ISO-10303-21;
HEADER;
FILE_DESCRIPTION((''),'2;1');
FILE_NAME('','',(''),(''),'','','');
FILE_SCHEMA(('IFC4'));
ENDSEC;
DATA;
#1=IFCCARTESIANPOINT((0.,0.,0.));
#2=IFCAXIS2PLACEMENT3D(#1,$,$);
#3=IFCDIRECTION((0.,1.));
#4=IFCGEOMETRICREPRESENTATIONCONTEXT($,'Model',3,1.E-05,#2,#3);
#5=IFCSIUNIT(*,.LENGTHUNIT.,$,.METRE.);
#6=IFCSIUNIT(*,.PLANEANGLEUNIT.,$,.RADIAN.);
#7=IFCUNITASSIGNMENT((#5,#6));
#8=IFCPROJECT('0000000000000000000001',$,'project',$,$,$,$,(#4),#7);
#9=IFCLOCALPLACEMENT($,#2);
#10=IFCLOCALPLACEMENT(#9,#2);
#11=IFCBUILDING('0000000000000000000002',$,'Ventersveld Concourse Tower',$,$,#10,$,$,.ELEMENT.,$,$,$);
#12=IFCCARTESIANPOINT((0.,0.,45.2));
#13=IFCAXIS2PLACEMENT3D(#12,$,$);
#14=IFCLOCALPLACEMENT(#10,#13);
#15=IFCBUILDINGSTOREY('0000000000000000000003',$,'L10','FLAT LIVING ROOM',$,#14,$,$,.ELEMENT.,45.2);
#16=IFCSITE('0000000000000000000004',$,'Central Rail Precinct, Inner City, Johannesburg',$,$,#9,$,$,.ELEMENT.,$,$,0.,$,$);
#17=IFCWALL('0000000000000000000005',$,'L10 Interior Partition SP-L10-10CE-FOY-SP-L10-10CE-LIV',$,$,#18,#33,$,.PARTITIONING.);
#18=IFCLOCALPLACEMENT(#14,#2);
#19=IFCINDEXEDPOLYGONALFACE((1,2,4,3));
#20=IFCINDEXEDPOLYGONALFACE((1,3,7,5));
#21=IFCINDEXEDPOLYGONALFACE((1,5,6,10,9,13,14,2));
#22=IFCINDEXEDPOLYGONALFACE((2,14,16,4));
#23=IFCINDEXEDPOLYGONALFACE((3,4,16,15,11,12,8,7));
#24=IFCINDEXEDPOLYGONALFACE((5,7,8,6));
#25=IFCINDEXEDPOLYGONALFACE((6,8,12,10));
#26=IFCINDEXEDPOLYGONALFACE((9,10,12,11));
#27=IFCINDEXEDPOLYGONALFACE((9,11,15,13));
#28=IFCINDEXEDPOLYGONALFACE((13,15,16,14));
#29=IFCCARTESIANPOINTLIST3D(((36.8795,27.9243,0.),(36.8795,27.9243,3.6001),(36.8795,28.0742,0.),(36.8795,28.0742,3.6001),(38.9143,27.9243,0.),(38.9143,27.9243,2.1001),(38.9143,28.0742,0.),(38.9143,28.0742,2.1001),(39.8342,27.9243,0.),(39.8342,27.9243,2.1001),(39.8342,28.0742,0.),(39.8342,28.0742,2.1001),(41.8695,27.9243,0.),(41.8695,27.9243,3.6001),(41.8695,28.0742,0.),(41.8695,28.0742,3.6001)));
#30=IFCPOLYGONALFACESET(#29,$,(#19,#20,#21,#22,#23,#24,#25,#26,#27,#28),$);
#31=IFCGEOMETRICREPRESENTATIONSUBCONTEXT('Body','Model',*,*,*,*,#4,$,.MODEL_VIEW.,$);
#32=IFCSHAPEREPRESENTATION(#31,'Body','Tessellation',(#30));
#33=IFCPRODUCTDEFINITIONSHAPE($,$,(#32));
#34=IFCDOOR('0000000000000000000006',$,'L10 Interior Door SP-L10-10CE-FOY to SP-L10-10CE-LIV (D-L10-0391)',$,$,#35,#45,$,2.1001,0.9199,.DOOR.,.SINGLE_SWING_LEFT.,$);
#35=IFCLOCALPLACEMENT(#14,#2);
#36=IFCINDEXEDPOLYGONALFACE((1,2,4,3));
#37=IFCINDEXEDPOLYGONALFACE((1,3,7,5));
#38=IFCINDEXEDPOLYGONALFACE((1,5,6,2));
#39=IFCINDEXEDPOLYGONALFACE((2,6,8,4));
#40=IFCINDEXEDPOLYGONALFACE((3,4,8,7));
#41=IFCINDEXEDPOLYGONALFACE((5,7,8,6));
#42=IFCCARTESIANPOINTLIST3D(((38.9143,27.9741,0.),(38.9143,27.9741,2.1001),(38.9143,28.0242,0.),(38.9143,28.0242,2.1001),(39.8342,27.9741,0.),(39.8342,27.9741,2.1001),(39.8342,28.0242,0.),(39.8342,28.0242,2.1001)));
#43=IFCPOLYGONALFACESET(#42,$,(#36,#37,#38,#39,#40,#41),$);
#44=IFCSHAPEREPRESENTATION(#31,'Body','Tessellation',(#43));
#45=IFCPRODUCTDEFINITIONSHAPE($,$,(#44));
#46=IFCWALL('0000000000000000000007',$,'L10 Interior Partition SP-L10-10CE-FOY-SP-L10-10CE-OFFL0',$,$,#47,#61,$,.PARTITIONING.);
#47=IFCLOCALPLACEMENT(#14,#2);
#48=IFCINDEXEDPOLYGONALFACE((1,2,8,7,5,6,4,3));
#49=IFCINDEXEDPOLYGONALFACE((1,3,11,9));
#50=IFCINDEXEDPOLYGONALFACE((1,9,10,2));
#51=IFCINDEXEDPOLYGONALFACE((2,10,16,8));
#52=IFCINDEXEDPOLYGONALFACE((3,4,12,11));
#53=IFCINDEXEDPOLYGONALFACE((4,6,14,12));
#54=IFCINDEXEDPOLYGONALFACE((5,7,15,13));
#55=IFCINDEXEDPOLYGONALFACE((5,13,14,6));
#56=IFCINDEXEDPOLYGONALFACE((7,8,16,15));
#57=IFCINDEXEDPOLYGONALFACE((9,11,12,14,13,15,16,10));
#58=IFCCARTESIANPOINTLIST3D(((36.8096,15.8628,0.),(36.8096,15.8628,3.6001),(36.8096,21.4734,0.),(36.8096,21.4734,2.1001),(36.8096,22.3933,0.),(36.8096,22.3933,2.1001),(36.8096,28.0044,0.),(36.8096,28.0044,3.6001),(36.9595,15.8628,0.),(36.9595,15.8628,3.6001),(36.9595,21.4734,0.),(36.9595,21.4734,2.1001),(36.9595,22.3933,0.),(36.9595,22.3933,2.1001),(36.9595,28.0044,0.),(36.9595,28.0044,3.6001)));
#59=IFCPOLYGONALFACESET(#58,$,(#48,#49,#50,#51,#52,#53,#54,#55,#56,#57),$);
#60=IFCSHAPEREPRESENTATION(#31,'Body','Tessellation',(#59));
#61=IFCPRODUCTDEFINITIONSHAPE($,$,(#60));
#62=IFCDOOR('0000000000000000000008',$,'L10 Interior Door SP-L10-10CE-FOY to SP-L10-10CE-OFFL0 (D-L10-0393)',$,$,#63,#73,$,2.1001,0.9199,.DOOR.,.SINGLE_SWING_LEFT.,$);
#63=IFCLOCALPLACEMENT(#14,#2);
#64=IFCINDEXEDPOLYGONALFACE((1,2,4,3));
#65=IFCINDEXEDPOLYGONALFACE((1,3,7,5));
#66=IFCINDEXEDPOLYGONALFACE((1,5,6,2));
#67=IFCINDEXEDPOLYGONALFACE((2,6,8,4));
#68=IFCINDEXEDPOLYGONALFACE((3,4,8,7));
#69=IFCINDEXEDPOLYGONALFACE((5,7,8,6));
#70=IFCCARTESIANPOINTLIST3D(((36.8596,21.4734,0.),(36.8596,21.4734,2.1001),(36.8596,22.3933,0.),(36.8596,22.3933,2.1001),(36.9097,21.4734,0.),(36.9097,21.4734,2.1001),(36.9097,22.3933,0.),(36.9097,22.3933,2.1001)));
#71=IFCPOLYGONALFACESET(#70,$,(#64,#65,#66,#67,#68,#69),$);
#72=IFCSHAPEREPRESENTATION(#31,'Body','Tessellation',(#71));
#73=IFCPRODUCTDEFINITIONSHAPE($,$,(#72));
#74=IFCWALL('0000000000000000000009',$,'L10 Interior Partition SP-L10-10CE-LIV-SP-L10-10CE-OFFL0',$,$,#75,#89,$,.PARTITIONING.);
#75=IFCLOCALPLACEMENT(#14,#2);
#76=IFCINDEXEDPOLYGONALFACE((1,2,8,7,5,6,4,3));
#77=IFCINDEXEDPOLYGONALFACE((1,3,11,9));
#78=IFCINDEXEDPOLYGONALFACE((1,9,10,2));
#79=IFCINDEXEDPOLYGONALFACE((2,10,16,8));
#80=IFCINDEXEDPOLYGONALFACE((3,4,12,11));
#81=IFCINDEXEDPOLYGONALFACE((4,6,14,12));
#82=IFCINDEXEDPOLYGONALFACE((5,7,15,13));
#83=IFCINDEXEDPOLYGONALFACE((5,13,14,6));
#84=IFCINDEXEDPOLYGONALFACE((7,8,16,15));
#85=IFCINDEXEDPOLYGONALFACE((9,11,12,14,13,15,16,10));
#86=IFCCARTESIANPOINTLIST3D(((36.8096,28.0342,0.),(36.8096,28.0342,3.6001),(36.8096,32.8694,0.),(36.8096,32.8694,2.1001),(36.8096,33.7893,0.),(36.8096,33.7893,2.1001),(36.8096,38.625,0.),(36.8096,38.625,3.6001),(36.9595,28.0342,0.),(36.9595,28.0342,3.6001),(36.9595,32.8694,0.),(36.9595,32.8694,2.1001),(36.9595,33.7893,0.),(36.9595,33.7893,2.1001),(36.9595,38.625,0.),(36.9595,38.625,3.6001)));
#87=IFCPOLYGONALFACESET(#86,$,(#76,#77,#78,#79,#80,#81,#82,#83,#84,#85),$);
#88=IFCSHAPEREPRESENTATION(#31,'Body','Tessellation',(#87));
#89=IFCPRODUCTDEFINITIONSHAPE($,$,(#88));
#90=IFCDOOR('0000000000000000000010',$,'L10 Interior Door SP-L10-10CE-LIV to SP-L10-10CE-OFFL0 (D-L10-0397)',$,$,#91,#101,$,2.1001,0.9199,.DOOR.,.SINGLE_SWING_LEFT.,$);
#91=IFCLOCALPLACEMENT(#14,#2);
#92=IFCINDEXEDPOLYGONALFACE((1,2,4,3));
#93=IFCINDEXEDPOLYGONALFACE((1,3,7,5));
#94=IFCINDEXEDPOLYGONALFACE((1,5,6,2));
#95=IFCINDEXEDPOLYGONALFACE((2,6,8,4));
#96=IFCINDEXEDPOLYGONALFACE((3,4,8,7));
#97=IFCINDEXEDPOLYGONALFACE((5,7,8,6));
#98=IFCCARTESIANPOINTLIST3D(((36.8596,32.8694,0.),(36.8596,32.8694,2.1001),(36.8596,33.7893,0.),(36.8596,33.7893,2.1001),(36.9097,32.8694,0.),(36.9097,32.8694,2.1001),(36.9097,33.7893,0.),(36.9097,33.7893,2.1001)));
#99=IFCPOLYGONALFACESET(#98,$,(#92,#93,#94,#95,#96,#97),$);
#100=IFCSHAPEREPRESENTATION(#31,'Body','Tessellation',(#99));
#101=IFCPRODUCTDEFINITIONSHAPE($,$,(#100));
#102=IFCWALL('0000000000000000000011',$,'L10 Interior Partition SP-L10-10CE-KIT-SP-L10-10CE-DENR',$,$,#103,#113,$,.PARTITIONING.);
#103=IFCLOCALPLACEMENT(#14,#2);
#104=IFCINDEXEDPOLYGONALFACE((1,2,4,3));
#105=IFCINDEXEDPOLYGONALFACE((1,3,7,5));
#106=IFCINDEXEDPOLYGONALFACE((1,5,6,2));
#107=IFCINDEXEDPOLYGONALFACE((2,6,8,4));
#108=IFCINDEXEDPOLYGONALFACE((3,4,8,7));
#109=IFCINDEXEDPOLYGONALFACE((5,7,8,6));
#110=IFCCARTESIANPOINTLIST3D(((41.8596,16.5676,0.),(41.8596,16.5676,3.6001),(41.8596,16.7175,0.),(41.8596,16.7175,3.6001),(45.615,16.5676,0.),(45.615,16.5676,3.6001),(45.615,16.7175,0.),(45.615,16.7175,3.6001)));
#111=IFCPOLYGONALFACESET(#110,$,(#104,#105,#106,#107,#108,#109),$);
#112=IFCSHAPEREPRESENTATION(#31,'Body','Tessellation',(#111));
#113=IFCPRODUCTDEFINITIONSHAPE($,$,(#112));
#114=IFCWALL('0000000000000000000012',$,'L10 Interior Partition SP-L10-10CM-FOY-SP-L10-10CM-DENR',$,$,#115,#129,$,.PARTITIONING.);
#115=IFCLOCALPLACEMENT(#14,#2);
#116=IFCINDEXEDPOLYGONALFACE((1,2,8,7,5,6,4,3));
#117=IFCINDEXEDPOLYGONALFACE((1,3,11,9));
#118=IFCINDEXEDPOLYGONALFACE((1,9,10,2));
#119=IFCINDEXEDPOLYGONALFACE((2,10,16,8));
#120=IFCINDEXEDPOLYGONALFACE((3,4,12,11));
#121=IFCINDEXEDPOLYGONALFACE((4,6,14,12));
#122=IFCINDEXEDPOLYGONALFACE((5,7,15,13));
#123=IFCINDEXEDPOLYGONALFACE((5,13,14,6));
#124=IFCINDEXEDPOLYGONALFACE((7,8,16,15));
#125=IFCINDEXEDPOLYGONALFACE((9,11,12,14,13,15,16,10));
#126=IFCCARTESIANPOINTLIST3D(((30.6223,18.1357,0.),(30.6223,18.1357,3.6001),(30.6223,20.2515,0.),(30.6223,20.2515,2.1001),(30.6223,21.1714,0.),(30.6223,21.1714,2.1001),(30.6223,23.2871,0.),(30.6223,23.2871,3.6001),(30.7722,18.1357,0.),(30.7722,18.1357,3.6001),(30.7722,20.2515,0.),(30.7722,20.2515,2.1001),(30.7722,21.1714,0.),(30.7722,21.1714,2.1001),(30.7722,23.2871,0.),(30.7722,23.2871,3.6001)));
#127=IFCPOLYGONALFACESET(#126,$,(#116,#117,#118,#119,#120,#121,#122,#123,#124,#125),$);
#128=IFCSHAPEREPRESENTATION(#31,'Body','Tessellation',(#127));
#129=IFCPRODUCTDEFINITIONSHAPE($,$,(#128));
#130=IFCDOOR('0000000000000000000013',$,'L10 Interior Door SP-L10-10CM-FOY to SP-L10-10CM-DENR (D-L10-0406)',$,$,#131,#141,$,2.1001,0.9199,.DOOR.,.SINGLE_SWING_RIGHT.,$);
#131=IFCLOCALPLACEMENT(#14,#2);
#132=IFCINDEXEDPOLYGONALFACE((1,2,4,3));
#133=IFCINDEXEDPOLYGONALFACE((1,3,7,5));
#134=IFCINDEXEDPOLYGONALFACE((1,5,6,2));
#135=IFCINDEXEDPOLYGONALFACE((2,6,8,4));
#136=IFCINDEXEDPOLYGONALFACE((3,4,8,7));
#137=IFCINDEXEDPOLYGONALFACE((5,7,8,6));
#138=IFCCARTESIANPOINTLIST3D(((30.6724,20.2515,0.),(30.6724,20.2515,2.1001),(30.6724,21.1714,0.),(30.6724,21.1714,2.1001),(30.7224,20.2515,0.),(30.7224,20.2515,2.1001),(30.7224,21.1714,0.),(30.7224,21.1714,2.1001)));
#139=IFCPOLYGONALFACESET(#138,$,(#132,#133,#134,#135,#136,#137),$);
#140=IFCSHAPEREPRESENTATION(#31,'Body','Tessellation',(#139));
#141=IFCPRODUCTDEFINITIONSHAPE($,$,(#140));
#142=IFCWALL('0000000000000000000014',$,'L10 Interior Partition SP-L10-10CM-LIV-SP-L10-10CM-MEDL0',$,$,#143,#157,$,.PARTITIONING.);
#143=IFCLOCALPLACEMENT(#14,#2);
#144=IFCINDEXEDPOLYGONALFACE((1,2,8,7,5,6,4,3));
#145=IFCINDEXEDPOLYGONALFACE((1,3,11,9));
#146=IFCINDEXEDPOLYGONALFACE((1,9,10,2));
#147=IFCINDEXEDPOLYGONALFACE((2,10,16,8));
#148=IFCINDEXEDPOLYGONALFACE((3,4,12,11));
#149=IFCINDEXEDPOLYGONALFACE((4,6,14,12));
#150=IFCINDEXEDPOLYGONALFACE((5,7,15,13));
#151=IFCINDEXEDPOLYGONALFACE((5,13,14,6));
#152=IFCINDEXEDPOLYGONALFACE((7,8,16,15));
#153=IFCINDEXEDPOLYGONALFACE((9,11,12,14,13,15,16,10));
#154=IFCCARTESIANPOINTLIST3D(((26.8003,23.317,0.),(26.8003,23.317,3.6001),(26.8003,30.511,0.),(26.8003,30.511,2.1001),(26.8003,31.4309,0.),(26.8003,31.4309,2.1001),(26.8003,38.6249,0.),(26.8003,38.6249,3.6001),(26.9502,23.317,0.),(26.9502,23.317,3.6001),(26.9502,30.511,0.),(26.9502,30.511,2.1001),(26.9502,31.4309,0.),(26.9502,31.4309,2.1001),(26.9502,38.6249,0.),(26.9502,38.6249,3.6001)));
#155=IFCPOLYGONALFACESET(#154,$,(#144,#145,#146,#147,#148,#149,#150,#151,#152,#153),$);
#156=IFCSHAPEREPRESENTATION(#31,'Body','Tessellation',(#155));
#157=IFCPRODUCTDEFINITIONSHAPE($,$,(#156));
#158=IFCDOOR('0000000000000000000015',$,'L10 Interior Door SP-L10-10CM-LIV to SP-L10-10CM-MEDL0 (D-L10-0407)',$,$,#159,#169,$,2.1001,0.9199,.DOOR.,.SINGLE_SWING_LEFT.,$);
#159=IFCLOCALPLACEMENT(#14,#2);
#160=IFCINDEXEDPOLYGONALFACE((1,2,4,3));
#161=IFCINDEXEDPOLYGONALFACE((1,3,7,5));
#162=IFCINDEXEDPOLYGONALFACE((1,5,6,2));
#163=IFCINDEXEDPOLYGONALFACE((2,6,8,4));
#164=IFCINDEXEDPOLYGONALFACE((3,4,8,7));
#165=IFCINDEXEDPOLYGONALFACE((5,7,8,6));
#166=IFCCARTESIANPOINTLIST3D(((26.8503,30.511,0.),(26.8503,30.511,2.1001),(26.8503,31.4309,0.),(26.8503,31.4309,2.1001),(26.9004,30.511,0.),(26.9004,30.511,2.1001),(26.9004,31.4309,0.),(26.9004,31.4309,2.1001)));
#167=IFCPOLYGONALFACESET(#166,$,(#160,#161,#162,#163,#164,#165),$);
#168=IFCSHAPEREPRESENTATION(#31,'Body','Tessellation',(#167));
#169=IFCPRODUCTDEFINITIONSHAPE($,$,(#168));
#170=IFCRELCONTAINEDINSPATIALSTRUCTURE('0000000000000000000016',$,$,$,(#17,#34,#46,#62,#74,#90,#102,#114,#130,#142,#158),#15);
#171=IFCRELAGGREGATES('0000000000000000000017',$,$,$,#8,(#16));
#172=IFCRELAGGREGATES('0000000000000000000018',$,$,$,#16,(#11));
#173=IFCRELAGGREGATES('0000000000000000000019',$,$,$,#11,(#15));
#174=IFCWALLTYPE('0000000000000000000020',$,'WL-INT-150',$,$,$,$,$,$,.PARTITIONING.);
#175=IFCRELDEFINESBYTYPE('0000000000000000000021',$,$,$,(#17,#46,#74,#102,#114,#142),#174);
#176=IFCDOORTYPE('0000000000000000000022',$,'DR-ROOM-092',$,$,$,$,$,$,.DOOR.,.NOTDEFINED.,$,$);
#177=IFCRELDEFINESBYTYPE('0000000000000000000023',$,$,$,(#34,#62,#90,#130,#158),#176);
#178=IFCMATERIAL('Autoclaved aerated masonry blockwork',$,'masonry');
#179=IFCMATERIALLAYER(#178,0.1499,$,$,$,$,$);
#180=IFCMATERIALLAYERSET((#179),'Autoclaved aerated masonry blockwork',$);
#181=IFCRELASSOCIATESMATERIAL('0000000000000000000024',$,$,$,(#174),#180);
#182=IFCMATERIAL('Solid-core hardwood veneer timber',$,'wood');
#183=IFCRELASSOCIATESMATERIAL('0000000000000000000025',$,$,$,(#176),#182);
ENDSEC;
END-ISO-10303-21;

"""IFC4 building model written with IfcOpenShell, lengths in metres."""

from ifc_helpers import new_model, si_unit, direction, frame, frame_2d, origin, place, context, subcontext, project, spatial, rectangle, extrude, material, layer, layer_set, type_object, element, fill, save


model = new_model("IFC4")

# Units and contexts
model_context = context("Model", 3, precision=1e-05, world=origin(), true_north=direction((0.0, 1.0)))
body_context = subcontext(model_context, "Body", "Model", "MODEL_VIEW")
ifc_project = project(units=[si_unit("LENGTHUNIT", "METRE"), si_unit("PLANEANGLEUNIT", "RADIAN")], contexts=[model_context])

# Site, building, storey
site_placement = place(None, origin())
site = spatial("IfcSite", under=ifc_project, at=site_placement, Name="Central Rail Precinct, Inner City, Johannesburg", CompositionType="ELEMENT", RefElevation=0.0)
building_placement = place(site_placement, origin())
building = spatial("IfcBuilding", under=site, at=building_placement, Name="Ventersveld Concourse Tower", CompositionType="ELEMENT")
storey_placement = place(building_placement, frame((0.0, 0.0, 45.2)))
storey = spatial("IfcBuildingStorey", under=building, at=storey_placement, Name="L10", Description="FLAT LIVING ROOM", CompositionType="ELEMENT", Elevation=45.2)

# Walls, openings, doors
ifc_material_1 = material(Name="Autoclaved aerated masonry blockwork", Category="masonry")
ifc_layer_1 = layer(ifc_material_1, 0.1499)
ifc_layer_set_1 = layer_set([ifc_layer_1], Name="Autoclaved aerated masonry blockwork")
wall_type_1 = type_object("IfcWallType", Name="WL-INT-150", PredefinedType="PARTITIONING", material=ifc_layer_set_1)
wall_1_placement = place(storey_placement, frame((36.8794, 27.9993, 0.0), z_axis=(0.0, 0.0, 1.0), x_axis=(1.0, 0.0, 0.0)))
wall_1 = element("IfcWall", 1, at=wall_1_placement, inside=storey, type_object=wall_type_1, Name="L10 Interior Partition SP-L10-10CE-FOY-SP-L10-10CE-LIV", PredefinedType="PARTITIONING", context=body_context, shape_type="SweptSolid", body=[
    extrude(rectangle(XDim=4.99, YDim=0.1499, at=frame_2d((2.4951, 0.0))), origin(), (0.0, 0.0, 1.0), 3.6001),
])
opening_1_placement = place(wall_1_placement, frame((2.0349, 0.0, 0.0)))
opening_1 = element("IfcOpeningElement", 2, at=opening_1_placement, cuts=wall_1, PredefinedType="OPENING", context=body_context, shape_type="SweptSolid", body=[
    extrude(rectangle(XDim=0.9199, YDim=2.1001, at=frame_2d((0.46, 1.05))), frame((0.0, 0.085, 0.0), z_axis=(0.0, -1.0, 0.0), x_axis=(1.0, 0.0, 0.0)), (0.0, 0.0, 1.0), 0.1699),
])
ifc_material_2 = material(Name="Solid-core hardwood veneer timber", Category="wood")
door_type = type_object("IfcDoorType", Name="DR-ROOM-092", OperationType="NOTDEFINED", PredefinedType="DOOR", material=ifc_material_2)
door_1_placement = place(opening_1_placement, origin())
door_1 = element("IfcDoor", 3, at=door_1_placement, inside=storey, type_object=door_type, Name="L10 Interior Door SP-L10-10CE-FOY to SP-L10-10CE-LIV (D-L10-0391)", OperationType="SINGLE_SWING_LEFT", OverallHeight=2.1001, OverallWidth=0.9199, PredefinedType="DOOR", context=body_context, shape_type="SweptSolid", body=[
    extrude(rectangle(XDim=0.9199, YDim=2.1001, at=frame_2d((0.46, 1.05))), frame((0.0, 0.0249, 0.0), z_axis=(0.0, -1.0, 0.0), x_axis=(1.0, 0.0, 0.0)), (0.0, 0.0, 1.0), 0.05),
])
fill(opening_1, door_1)
wall_2_placement = place(storey_placement, frame((36.8845, 15.8628, 0.0), z_axis=(0.0, 0.0, 1.0), x_axis=(0.0, 1.0, 0.0)))
wall_2 = element("IfcWall", 4, at=wall_2_placement, inside=storey, type_object=wall_type_1, Name="L10 Interior Partition SP-L10-10CE-FOY-SP-L10-10CE-OFFL0", PredefinedType="PARTITIONING", context=body_context, shape_type="SweptSolid", body=[
    extrude(rectangle(XDim=12.1416, YDim=0.1499, at=frame_2d((6.0708, 0.0))), origin(), (0.0, 0.0, 1.0), 3.6001),
])
opening_2_placement = place(wall_2_placement, frame((5.6106, 0.0, 0.0)))
opening_2 = element("IfcOpeningElement", 5, at=opening_2_placement, cuts=wall_2, PredefinedType="OPENING", context=body_context, shape_type="SweptSolid", body=[
    extrude(rectangle(XDim=0.9199, YDim=2.1001, at=frame_2d((0.46, 1.05))), frame((0.0, 0.085, 0.0), z_axis=(0.0, -1.0, 0.0), x_axis=(1.0, 0.0, 0.0)), (0.0, 0.0, 1.0), 0.1699),
])
door_2_placement = place(opening_2_placement, origin())
door_2 = element("IfcDoor", 6, at=door_2_placement, inside=storey, type_object=door_type, Name="L10 Interior Door SP-L10-10CE-FOY to SP-L10-10CE-OFFL0 (D-L10-0393)", OperationType="SINGLE_SWING_LEFT", OverallHeight=2.1001, OverallWidth=0.9199, PredefinedType="DOOR", context=body_context, shape_type="SweptSolid", body=[
    extrude(rectangle(XDim=0.9199, YDim=2.1001, at=frame_2d((0.46, 1.05))), frame((0.0, 0.0249, 0.0), z_axis=(0.0, -1.0, 0.0), x_axis=(1.0, 0.0, 0.0)), (0.0, 0.0, 1.0), 0.05),
])
fill(opening_2, door_2)
wall_3_placement = place(storey_placement, frame((36.8845, 28.0342, 0.0), z_axis=(0.0, 0.0, 1.0), x_axis=(0.0, 1.0, 0.0)))
wall_3 = element("IfcWall", 7, at=wall_3_placement, inside=storey, type_object=wall_type_1, Name="L10 Interior Partition SP-L10-10CE-LIV-SP-L10-10CE-OFFL0", PredefinedType="PARTITIONING", context=body_context, shape_type="SweptSolid", body=[
    extrude(rectangle(XDim=10.5908, YDim=0.1499, at=frame_2d((5.2954, 0.0))), origin(), (0.0, 0.0, 1.0), 3.6001),
])
opening_3_placement = place(wall_3_placement, frame((4.8352, 0.0, 0.0)))
opening_3 = element("IfcOpeningElement", 8, at=opening_3_placement, cuts=wall_3, PredefinedType="OPENING", context=body_context, shape_type="SweptSolid", body=[
    extrude(rectangle(XDim=0.9199, YDim=2.1001, at=frame_2d((0.46, 1.05))), frame((0.0, 0.085, 0.0), z_axis=(0.0, -1.0, 0.0), x_axis=(1.0, 0.0, 0.0)), (0.0, 0.0, 1.0), 0.1699),
])
door_3_placement = place(opening_3_placement, origin())
door_3 = element("IfcDoor", 9, at=door_3_placement, inside=storey, type_object=door_type, Name="L10 Interior Door SP-L10-10CE-LIV to SP-L10-10CE-OFFL0 (D-L10-0397)", OperationType="SINGLE_SWING_LEFT", OverallHeight=2.1001, OverallWidth=0.9199, PredefinedType="DOOR", context=body_context, shape_type="SweptSolid", body=[
    extrude(rectangle(XDim=0.9199, YDim=2.1001, at=frame_2d((0.46, 1.05))), frame((0.0, 0.0249, 0.0), z_axis=(0.0, -1.0, 0.0), x_axis=(1.0, 0.0, 0.0)), (0.0, 0.0, 1.0), 0.05),
])
fill(opening_3, door_3)

# Wall
wall_4_placement = place(storey_placement, frame((41.8596, 16.6426, 0.0), z_axis=(0.0, 0.0, 1.0), x_axis=(1.0, 0.0, 0.0)))
element("IfcWall", 10, at=wall_4_placement, inside=storey, type_object=wall_type_1, Name="L10 Interior Partition SP-L10-10CE-KIT-SP-L10-10CE-DENR", PredefinedType="PARTITIONING", context=body_context, shape_type="SweptSolid", body=[
    extrude(rectangle(XDim=3.7554, YDim=0.1499, at=frame_2d((1.8777, 0.0))), origin(), (0.0, 0.0, 1.0), 3.6001),
])

# Walls, openings, doors
wall_5_placement = place(storey_placement, frame((30.6973, 18.1357, 0.0), z_axis=(0.0, 0.0, 1.0), x_axis=(0.0, 1.0, 0.0)))
wall_5 = element("IfcWall", 11, at=wall_5_placement, inside=storey, type_object=wall_type_1, Name="L10 Interior Partition SP-L10-10CM-FOY-SP-L10-10CM-DENR", PredefinedType="PARTITIONING", context=body_context, shape_type="SweptSolid", body=[
    extrude(rectangle(XDim=5.1514, YDim=0.1499, at=frame_2d((2.5757, 0.0))), origin(), (0.0, 0.0, 1.0), 3.6001),
])
opening_4_placement = place(wall_5_placement, frame((2.1157, 0.0, 0.0)))
opening_4 = element("IfcOpeningElement", 12, at=opening_4_placement, cuts=wall_5, PredefinedType="OPENING", context=body_context, shape_type="SweptSolid", body=[
    extrude(rectangle(XDim=0.9199, YDim=2.1001, at=frame_2d((0.46, 1.05))), frame((0.0, 0.085, 0.0), z_axis=(0.0, -1.0, 0.0), x_axis=(1.0, 0.0, 0.0)), (0.0, 0.0, 1.0), 0.1699),
])
door_4_placement = place(opening_4_placement, origin())
door_4 = element("IfcDoor", 13, at=door_4_placement, inside=storey, type_object=door_type, Name="L10 Interior Door SP-L10-10CM-FOY to SP-L10-10CM-DENR (D-L10-0406)", OperationType="SINGLE_SWING_RIGHT", OverallHeight=2.1001, OverallWidth=0.9199, PredefinedType="DOOR", context=body_context, shape_type="SweptSolid", body=[
    extrude(rectangle(XDim=0.9199, YDim=2.1001, at=frame_2d((0.46, 1.05))), frame((0.0, 0.0249, 0.0), z_axis=(0.0, -1.0, 0.0), x_axis=(1.0, 0.0, 0.0)), (0.0, 0.0, 1.0), 0.05),
])
fill(opening_4, door_4)
wall_6_placement = place(storey_placement, frame((26.8752, 23.3171, 0.0), z_axis=(0.0, 0.0, 1.0), x_axis=(0.0, 1.0, 0.0)))
wall_6 = element("IfcWall", 14, at=wall_6_placement, inside=storey, type_object=wall_type_1, Name="L10 Interior Partition SP-L10-10CM-LIV-SP-L10-10CM-MEDL0", PredefinedType="PARTITIONING", context=body_context, shape_type="SweptSolid", body=[
    extrude(rectangle(XDim=15.3079, YDim=0.1499, at=frame_2d((7.6538, 0.0))), origin(), (0.0, 0.0, 1.0), 3.6001),
])
opening_5_placement = place(wall_6_placement, frame((7.1938, 0.0, 0.0)))
opening_5 = element("IfcOpeningElement", 15, at=opening_5_placement, cuts=wall_6, PredefinedType="OPENING", context=body_context, shape_type="SweptSolid", body=[
    extrude(rectangle(XDim=0.9199, YDim=2.1001, at=frame_2d((0.46, 1.05))), frame((0.0, 0.085, 0.0), z_axis=(0.0, -1.0, 0.0), x_axis=(1.0, 0.0, 0.0)), (0.0, 0.0, 1.0), 0.1699),
])
door_5_placement = place(opening_5_placement, origin())
door_5 = element("IfcDoor", 16, at=door_5_placement, inside=storey, type_object=door_type, Name="L10 Interior Door SP-L10-10CM-LIV to SP-L10-10CM-MEDL0 (D-L10-0407)", OperationType="SINGLE_SWING_LEFT", OverallHeight=2.1001, OverallWidth=0.9199, PredefinedType="DOOR", context=body_context, shape_type="SweptSolid", body=[
    extrude(rectangle(XDim=0.9199, YDim=2.1001, at=frame_2d((0.46, 1.05))), frame((0.0, 0.0249, 0.0), z_axis=(0.0, -1.0, 0.0), x_axis=(1.0, 0.0, 0.0)), (0.0, 0.0, 1.0), 0.05),
])
fill(opening_5, door_5)

save(model, "model.ifc")
